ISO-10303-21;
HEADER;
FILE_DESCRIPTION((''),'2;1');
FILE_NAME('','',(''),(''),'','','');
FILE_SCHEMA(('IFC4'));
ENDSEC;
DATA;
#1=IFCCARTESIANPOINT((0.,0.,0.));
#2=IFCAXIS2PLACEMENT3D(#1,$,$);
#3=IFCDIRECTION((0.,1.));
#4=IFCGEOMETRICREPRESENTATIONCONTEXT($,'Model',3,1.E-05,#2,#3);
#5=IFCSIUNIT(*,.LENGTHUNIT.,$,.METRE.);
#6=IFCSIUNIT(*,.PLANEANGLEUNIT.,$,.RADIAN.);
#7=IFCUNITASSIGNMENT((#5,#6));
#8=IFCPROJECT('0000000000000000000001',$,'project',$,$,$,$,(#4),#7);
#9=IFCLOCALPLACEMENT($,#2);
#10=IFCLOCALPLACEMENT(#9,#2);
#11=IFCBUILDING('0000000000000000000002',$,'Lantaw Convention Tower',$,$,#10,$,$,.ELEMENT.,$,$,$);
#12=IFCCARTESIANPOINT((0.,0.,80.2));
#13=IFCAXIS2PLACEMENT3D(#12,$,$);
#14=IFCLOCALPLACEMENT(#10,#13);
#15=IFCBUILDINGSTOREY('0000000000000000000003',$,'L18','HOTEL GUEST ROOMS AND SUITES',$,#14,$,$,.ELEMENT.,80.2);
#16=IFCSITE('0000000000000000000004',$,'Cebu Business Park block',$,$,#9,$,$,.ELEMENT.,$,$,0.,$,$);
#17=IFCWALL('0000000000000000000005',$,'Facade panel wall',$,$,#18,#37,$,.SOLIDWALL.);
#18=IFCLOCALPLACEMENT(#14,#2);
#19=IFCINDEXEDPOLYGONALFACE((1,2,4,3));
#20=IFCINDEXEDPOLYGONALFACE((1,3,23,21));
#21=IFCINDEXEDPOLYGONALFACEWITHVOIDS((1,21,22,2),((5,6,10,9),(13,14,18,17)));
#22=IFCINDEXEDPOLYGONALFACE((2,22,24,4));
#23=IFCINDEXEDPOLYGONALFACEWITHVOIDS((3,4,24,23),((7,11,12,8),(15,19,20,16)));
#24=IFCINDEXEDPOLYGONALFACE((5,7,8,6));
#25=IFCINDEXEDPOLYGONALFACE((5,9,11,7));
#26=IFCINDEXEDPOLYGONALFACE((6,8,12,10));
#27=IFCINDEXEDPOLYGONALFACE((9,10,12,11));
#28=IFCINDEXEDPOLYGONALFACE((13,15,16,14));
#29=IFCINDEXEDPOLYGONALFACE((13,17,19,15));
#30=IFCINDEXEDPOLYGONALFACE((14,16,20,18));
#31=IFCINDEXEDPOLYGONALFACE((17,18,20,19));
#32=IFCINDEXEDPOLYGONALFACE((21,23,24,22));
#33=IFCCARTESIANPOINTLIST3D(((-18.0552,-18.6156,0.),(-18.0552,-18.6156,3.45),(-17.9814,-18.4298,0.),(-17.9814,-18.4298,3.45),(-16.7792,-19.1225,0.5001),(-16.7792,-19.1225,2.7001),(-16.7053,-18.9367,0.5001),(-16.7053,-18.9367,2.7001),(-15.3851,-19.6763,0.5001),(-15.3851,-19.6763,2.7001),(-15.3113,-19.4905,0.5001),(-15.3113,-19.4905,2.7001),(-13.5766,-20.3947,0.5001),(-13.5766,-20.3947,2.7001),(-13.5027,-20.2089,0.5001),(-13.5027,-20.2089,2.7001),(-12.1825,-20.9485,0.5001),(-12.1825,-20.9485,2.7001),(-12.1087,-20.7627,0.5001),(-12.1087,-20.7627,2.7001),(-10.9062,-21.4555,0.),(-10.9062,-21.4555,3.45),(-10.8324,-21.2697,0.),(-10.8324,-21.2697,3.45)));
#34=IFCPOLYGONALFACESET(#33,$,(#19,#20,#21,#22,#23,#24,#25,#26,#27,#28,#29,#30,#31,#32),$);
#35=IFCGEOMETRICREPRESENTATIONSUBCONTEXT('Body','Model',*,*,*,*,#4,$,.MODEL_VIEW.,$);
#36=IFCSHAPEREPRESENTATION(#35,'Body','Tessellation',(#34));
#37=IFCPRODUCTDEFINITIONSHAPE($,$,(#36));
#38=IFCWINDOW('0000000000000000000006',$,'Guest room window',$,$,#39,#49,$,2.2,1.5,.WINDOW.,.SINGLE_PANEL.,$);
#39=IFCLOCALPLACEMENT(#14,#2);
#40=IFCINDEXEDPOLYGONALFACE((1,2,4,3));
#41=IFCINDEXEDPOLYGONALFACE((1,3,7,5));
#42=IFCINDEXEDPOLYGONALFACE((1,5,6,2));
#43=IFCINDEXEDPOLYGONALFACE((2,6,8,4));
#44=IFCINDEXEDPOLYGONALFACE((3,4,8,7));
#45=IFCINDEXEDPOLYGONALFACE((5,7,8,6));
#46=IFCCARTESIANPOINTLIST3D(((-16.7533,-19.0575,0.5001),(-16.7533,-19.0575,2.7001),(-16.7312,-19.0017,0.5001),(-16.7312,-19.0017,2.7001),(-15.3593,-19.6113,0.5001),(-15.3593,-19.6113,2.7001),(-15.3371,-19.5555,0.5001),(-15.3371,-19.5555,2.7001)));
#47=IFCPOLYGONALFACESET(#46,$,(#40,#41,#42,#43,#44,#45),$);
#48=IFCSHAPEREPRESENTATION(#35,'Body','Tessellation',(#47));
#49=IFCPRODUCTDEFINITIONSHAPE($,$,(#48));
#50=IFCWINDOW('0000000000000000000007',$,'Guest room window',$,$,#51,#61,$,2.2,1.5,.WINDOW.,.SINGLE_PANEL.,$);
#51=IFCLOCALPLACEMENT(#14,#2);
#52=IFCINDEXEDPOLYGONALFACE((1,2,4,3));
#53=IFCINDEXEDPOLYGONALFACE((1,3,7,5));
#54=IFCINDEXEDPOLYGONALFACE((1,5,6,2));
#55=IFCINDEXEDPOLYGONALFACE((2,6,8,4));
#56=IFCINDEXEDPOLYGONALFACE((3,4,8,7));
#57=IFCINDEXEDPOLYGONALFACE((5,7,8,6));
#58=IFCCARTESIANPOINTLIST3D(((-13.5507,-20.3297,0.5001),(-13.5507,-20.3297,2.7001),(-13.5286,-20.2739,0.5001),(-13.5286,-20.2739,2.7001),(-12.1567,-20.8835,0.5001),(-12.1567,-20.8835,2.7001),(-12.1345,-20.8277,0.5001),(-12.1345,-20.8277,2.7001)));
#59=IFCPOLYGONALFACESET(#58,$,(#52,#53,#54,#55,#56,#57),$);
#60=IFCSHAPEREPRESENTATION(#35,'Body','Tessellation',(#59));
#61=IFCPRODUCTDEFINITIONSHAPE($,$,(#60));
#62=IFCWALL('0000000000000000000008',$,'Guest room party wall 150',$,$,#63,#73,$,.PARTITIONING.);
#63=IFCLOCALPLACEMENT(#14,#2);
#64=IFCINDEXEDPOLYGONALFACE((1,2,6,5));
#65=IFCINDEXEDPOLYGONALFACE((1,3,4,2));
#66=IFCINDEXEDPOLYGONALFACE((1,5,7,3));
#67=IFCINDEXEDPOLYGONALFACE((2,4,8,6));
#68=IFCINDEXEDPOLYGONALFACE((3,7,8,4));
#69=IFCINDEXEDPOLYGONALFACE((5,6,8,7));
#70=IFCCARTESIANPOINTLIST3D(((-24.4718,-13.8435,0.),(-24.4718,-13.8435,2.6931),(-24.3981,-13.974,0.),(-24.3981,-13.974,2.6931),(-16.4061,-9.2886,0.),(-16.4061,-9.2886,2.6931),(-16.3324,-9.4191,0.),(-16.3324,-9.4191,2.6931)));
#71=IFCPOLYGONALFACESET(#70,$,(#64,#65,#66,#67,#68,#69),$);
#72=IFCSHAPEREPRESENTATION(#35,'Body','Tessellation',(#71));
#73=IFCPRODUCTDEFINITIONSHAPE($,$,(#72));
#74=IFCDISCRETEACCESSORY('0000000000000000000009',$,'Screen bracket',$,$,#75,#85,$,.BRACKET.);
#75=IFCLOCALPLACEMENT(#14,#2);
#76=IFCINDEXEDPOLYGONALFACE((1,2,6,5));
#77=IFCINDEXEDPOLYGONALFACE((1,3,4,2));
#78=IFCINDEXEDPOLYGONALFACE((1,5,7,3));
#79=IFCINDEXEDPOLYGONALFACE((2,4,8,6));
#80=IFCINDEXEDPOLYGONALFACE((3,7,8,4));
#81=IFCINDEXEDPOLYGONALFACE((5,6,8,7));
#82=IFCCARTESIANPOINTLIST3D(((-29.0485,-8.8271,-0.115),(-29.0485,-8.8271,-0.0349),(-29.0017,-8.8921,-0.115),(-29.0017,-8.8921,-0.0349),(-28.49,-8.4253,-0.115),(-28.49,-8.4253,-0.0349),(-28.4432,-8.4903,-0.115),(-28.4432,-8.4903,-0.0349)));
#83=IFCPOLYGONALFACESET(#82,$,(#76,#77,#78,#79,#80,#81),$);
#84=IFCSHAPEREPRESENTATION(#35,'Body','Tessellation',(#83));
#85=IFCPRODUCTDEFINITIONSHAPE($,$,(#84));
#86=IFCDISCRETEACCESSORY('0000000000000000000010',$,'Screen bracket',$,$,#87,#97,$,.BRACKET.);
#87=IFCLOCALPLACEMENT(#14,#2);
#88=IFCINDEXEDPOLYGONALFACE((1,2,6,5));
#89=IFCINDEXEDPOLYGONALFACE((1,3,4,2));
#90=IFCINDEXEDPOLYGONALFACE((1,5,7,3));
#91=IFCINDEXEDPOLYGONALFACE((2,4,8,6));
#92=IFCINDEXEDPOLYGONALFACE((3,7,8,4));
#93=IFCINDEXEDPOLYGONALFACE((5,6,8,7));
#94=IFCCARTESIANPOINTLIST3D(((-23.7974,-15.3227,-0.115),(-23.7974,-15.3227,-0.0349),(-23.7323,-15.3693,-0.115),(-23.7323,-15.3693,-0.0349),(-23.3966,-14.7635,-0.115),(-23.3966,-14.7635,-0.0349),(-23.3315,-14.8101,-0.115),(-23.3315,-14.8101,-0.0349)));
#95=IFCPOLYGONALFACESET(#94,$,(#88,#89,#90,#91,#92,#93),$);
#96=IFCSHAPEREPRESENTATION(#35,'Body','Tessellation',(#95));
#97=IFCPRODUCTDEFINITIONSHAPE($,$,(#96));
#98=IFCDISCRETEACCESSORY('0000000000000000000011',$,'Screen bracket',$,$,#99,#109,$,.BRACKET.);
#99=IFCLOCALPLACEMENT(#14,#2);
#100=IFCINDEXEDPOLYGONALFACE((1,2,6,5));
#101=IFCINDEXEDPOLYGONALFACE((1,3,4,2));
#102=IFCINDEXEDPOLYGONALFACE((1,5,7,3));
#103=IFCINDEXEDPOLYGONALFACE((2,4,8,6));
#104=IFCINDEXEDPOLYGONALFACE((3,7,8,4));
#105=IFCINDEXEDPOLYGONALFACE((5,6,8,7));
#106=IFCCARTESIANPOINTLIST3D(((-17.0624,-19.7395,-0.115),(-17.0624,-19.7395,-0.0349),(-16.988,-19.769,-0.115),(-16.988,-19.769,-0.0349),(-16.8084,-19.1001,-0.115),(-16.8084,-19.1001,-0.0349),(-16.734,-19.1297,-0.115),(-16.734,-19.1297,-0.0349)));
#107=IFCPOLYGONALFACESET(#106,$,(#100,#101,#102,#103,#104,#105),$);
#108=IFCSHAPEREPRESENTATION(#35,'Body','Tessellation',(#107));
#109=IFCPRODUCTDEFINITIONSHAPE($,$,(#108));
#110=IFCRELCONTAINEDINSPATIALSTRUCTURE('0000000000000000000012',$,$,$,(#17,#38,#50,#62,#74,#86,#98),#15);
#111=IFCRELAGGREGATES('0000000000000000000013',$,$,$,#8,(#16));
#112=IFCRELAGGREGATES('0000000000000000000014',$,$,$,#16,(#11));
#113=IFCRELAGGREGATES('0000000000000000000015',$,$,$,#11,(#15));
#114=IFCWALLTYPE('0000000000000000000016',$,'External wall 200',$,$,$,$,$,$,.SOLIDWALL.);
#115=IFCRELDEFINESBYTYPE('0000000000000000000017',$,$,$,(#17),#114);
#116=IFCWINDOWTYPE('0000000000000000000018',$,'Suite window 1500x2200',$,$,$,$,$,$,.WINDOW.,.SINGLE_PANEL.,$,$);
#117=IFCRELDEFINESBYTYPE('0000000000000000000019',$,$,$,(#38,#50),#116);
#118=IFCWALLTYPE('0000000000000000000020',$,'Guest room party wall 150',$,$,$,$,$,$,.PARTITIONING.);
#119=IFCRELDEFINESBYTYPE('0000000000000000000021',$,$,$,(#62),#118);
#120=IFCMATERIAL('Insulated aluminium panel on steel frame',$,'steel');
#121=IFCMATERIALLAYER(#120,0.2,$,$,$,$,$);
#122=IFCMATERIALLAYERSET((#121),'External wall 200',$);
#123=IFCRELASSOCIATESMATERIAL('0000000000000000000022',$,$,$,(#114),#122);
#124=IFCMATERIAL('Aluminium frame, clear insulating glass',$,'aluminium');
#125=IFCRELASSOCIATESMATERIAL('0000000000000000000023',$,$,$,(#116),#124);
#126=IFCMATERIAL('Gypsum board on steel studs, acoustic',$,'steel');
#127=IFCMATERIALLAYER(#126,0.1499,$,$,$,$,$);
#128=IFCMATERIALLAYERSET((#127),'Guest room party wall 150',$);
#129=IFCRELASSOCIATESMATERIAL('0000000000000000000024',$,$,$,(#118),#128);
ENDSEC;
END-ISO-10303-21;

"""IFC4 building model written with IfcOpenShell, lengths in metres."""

from ifc_helpers import new_model, si_unit, direction, frame, frame_2d, origin, origin_2d, place, context, subcontext, project, spatial, rectangle, extrude, material, layer, layer_set, type_object, element, fill, save


model = new_model("IFC4")

# Units and contexts
model_context = context("Model", 3, precision=1e-05, world=origin(), true_north=direction((0.0, 1.0)))
body_context = subcontext(model_context, "Body", "Model", "MODEL_VIEW")
ifc_project = project(units=[si_unit("LENGTHUNIT", "METRE"), si_unit("PLANEANGLEUNIT", "RADIAN")], contexts=[model_context])

# Site, building, storey
site_placement = place(None, origin())
site = spatial("IfcSite", under=ifc_project, at=site_placement, Name="Cebu Business Park block", CompositionType="ELEMENT", RefElevation=0.0)
building_placement = place(site_placement, origin())
building = spatial("IfcBuilding", under=site, at=building_placement, Name="Lantaw Convention Tower", CompositionType="ELEMENT")
storey_placement = place(building_placement, frame((0.0, 0.0, 80.2)))
storey = spatial("IfcBuildingStorey", under=building, at=storey_placement, Name="L18", Description="HOTEL GUEST ROOMS AND SUITES", CompositionType="ELEMENT", Elevation=80.2)

# Wall, openings, windows
ifc_material_1 = material(Name="Insulated aluminium panel on steel frame", Category="steel")
ifc_layer_1 = layer(ifc_material_1, 0.2)
ifc_layer_set_1 = layer_set([ifc_layer_1], Name="External wall 200")
wall_type_1 = type_object("IfcWallType", Name="External wall 200", PredefinedType="SOLIDWALL", material=ifc_layer_set_1)
ifc_material_2 = material(Name="Aluminium frame, clear insulating glass", Category="aluminium")
window_type = type_object("IfcWindowType", Name="Suite window 1500x2200", PartitioningType="SINGLE_PANEL", PredefinedType="WINDOW", material=ifc_material_2)
wall_1_placement = place(storey_placement, frame((-18.0183, -18.5227, 0.0), z_axis=(0.0, 0.0, 1.0), x_axis=(0.929358, -0.369179, 0.0)))
wall_1 = element("IfcWall", 1, at=wall_1_placement, inside=storey, type_object=wall_type_1, Name="Facade panel wall", PredefinedType="SOLIDWALL", context=body_context, shape_type="SweptSolid", body=[
    extrude(rectangle(XDim=7.6924, YDim=0.2, at=frame_2d((3.8462, 0.0))), origin(), (0.0, 0.0, 1.0), 3.45),
])
opening_1_placement = place(wall_1_placement, frame((1.373, 0.0, 0.5)))
opening_1 = element("IfcOpeningElement", 2, at=opening_1_placement, cuts=wall_1, PredefinedType="OPENING", context=body_context, shape_type="SweptSolid", body=[
    extrude(rectangle(XDim=1.5, YDim=2.2, at=frame_2d((0.75, 1.1001))), frame((0.0, 0.1099, 0.0), z_axis=(0.0, -1.0, 0.0), x_axis=(1.0, 0.0, 0.0)), (0.0, 0.0, 1.0), 0.22),
])
opening_2_placement = place(wall_1_placement, frame((4.8191, 0.0, 0.5)))
opening_2 = element("IfcOpeningElement", 3, at=opening_2_placement, cuts=wall_1, PredefinedType="OPENING", context=body_context, shape_type="SweptSolid", body=[
    extrude(rectangle(XDim=1.5, YDim=2.2, at=frame_2d((0.75, 1.1001))), frame((0.0, 0.1099, 0.0), z_axis=(0.0, -1.0, 0.0), x_axis=(1.0, 0.0, 0.0)), (0.0, 0.0, 1.0), 0.22),
])
window_1_placement = place(opening_1_placement, origin())
window_1 = element("IfcWindow", 4, at=window_1_placement, inside=storey, type_object=window_type, Name="Guest room window", OverallHeight=2.2, OverallWidth=1.5, PartitioningType="SINGLE_PANEL", PredefinedType="WINDOW", context=body_context, shape_type="SweptSolid", body=[
    extrude(rectangle(XDim=1.5, YDim=2.2, at=frame_2d((0.75, 1.1001))), frame((0.0, 0.03, 0.0), z_axis=(0.0, -1.0, 0.0), x_axis=(1.0, 0.0, 0.0)), (0.0, 0.0, 1.0), 0.0601),
])
fill(opening_1, window_1)
window_2_placement = place(opening_2_placement, origin())
window_2 = element("IfcWindow", 5, at=window_2_placement, inside=storey, type_object=window_type, Name="Guest room window", OverallHeight=2.2, OverallWidth=1.5, PartitioningType="SINGLE_PANEL", PredefinedType="WINDOW", context=body_context, shape_type="SweptSolid", body=[
    extrude(rectangle(XDim=1.5, YDim=2.2, at=frame_2d((0.75, 1.1001))), frame((0.0, 0.03, 0.0), z_axis=(0.0, -1.0, 0.0), x_axis=(1.0, 0.0, 0.0)), (0.0, 0.0, 1.0), 0.0601),
])
fill(opening_2, window_2)

# Wall
ifc_material_3 = material(Name="Gypsum board on steel studs, acoustic", Category="steel")
ifc_layer_2 = layer(ifc_material_3, 0.1499)
ifc_layer_set_2 = layer_set([ifc_layer_2], Name="Guest room party wall 150")
wall_type_2 = type_object("IfcWallType", Name="Guest room party wall 150", PredefinedType="PARTITIONING", material=ifc_layer_set_2)
wall_2_placement = place(storey_placement, frame((-24.4348, -13.9087, 0.0), z_axis=(0.0, 0.0, 1.0), x_axis=(0.870744, 0.491736, 0.0)))
element("IfcWall", 6, at=wall_2_placement, inside=storey, type_object=wall_type_2, Name="Guest room party wall 150", PredefinedType="PARTITIONING", context=body_context, shape_type="SweptSolid", body=[
    extrude(rectangle(XDim=9.2629, YDim=0.1499, at=frame_2d((4.6313, 0.0))), origin(), (0.0, 0.0, 1.0), 2.6931),
])

# Discrete accessories
for number, where, z_axis, x_axis, name in (
    (7, (-28.7458, -8.6587, -0.115), (0.0, 0.0, 1.0), (0.583951, -0.811789, 0.0), "Screen bracket"),
    (8, (-23.5645, -15.0664, -0.115), (0.0, 0.0, 1.0), (0.812804, -0.582538, 0.0), "Screen bracket"),
    (9, (-16.8982, -19.4346, -0.115), (0.0, 0.0, 1.0), (0.929361, -0.369172, 0.0), "Screen bracket"),
):
    element("IfcDiscreteAccessory", number, at=place(storey_placement, frame(where, z_axis=z_axis, x_axis=x_axis)), inside=storey, Name=name, PredefinedType="BRACKET", context=body_context, shape_type="SweptSolid", body=[
        extrude(rectangle(XDim=0.0801, YDim=0.688, at=origin_2d()), origin(), (0.0, 0.0, 1.0), 0.0801),
    ])

save(model, "model.ifc")
